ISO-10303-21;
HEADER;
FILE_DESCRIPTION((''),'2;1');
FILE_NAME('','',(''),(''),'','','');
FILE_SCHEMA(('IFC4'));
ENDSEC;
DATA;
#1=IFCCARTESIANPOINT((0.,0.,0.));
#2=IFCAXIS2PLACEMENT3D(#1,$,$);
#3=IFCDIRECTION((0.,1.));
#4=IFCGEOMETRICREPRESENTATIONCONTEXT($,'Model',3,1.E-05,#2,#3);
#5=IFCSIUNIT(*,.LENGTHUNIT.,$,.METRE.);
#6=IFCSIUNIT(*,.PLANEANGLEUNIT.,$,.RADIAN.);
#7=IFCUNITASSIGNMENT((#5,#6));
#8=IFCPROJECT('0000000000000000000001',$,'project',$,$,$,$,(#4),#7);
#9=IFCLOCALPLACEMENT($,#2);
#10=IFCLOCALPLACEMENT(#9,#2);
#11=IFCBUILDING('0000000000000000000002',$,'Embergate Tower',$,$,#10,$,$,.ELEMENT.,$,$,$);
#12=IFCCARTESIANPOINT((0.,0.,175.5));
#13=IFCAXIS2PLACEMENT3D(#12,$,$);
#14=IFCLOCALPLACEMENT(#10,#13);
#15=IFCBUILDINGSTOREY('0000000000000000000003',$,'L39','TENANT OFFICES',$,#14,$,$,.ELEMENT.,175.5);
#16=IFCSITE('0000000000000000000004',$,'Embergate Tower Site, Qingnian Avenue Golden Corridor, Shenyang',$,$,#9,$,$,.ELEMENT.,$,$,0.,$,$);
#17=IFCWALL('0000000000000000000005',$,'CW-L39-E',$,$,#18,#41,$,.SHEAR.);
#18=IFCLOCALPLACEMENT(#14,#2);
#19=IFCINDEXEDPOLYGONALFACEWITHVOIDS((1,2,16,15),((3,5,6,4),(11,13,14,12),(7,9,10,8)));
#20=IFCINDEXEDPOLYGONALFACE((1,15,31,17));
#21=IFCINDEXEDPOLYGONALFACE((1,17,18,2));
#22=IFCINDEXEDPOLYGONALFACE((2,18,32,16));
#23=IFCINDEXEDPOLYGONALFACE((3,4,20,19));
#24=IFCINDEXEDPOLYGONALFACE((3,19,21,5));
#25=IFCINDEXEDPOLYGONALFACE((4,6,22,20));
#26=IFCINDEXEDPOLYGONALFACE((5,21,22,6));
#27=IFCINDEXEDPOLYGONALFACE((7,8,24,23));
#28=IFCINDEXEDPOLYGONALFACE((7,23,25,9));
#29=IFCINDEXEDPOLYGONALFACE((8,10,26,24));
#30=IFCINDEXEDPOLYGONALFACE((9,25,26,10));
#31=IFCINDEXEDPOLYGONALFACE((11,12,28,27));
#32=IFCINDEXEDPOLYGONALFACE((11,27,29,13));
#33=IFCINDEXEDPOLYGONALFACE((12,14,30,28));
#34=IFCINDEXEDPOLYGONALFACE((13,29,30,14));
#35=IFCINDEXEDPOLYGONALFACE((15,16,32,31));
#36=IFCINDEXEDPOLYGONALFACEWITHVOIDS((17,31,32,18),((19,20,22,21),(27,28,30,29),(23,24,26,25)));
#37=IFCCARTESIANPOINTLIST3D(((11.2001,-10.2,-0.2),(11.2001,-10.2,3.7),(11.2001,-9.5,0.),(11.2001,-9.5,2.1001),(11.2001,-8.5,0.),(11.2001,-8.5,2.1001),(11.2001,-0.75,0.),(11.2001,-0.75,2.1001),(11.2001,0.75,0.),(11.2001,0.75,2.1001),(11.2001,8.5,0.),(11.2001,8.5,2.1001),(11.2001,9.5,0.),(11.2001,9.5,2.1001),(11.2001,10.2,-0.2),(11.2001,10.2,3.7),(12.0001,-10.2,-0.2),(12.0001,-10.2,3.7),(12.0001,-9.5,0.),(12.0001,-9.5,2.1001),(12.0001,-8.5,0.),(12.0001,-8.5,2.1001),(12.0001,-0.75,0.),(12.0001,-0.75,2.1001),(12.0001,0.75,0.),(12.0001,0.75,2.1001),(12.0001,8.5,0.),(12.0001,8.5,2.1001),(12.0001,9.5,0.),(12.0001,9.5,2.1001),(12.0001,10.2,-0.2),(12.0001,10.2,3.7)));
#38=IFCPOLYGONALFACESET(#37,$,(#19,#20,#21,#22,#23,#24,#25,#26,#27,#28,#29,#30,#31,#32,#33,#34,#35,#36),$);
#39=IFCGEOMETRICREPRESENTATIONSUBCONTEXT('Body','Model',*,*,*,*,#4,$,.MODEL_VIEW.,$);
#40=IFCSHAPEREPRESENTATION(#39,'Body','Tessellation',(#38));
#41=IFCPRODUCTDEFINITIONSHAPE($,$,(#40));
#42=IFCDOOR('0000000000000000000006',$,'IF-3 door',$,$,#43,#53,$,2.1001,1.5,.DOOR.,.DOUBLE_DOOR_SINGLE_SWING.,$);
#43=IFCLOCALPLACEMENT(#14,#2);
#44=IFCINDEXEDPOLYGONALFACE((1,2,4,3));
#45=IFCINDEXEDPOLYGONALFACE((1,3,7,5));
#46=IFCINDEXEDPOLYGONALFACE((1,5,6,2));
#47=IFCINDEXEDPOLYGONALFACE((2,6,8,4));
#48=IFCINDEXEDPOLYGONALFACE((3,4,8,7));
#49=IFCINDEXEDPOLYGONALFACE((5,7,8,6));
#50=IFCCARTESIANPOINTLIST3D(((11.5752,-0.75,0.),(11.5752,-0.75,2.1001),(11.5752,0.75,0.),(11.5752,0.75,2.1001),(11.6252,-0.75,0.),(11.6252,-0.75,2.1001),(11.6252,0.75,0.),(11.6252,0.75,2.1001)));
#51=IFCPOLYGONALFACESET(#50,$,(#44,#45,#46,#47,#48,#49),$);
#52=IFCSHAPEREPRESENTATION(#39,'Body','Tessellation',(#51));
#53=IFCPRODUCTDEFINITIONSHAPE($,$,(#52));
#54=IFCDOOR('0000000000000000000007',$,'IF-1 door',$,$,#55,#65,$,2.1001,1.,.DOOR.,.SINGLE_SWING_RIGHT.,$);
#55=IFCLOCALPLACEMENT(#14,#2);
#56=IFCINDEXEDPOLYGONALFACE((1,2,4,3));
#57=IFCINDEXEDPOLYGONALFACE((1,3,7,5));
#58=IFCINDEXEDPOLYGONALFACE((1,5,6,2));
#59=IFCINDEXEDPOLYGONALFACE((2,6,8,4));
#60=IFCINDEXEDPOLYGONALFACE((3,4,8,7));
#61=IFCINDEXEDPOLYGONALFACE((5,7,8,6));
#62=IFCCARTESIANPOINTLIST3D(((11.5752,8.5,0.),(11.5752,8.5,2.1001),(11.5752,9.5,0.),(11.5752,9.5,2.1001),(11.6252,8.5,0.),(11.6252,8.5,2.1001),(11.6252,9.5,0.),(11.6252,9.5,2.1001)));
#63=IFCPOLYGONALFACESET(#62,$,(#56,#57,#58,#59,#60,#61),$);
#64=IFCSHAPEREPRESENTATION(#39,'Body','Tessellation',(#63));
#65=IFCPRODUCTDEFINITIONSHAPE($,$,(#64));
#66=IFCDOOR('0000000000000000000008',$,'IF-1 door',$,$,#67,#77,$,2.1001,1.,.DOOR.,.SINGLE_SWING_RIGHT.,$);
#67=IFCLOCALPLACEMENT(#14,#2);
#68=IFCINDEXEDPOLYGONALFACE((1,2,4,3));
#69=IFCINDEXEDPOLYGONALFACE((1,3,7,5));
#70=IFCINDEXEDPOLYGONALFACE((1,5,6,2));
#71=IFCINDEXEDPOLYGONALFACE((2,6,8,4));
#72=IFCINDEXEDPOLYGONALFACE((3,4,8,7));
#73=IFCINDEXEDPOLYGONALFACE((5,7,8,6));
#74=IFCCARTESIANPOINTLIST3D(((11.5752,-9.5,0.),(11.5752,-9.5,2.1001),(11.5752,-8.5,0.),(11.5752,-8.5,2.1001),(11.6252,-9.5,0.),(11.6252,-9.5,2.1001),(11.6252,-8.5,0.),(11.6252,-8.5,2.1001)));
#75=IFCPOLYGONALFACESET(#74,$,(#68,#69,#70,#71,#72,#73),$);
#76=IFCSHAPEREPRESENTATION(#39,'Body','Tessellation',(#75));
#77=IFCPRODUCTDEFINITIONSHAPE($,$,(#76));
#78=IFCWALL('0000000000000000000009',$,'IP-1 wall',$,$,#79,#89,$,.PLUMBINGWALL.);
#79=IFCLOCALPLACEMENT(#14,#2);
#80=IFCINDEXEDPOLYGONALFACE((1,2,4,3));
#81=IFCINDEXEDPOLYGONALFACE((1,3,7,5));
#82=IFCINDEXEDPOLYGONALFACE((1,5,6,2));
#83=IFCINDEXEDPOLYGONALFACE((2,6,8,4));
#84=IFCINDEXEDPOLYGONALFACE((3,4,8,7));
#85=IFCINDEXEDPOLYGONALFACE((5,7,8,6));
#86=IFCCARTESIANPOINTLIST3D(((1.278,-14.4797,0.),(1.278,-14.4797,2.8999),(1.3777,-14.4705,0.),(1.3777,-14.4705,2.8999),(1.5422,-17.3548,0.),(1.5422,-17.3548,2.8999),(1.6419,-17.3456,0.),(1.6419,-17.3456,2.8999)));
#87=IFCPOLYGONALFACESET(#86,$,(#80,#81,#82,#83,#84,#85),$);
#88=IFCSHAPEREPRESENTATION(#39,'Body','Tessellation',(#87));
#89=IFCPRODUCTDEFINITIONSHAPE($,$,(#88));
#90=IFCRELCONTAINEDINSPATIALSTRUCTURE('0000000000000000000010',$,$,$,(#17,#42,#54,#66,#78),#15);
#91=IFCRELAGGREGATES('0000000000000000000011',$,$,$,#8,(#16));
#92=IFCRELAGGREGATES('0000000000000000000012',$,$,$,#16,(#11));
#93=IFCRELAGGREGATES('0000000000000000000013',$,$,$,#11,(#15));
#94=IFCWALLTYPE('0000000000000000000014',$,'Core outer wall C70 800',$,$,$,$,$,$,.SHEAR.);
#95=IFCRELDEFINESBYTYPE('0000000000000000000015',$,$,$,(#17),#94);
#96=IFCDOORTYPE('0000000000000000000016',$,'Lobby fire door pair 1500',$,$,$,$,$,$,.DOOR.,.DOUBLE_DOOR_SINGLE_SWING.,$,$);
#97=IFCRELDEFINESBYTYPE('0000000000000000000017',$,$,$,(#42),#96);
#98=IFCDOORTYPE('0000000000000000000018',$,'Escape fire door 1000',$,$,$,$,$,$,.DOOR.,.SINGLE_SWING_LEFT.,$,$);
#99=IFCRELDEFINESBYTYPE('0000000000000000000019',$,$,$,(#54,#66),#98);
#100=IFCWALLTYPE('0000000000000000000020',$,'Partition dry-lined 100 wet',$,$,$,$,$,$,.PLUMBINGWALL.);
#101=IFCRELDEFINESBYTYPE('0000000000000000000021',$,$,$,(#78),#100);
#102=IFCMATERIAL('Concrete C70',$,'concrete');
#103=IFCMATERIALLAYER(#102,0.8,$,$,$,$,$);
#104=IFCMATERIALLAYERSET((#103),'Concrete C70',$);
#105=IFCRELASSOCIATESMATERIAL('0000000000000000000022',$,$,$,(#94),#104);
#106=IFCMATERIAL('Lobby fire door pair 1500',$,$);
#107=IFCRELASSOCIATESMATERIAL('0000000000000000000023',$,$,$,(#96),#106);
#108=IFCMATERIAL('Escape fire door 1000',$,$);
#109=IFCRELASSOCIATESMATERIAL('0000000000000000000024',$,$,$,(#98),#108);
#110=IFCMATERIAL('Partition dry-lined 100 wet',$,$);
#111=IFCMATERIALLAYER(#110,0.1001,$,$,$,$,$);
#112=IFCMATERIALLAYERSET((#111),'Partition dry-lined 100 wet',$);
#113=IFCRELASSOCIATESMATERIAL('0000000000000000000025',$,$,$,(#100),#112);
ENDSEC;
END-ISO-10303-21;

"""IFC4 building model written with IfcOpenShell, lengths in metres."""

from ifc_helpers import new_model, si_unit, direction, frame, frame_2d, origin, place, context, subcontext, project, spatial, rectangle, extrude, source, transform, mapped, material, layer, layer_set, type_object, element, fill, save


model = new_model("IFC4")

# Units and contexts
model_context = context("Model", 3, precision=1e-05, world=origin(), true_north=direction((0.0, 1.0)))
body_context = subcontext(model_context, "Body", "Model", "MODEL_VIEW")
ifc_project = project(units=[si_unit("LENGTHUNIT", "METRE"), si_unit("PLANEANGLEUNIT", "RADIAN")], contexts=[model_context])

# Site, building, storey
site_placement = place(None, origin())
site = spatial("IfcSite", under=ifc_project, at=site_placement, Name="Embergate Tower Site, Qingnian Avenue Golden Corridor, Shenyang", CompositionType="ELEMENT", RefElevation=0.0)
building_placement = place(site_placement, origin())
building = spatial("IfcBuilding", under=site, at=building_placement, Name="Embergate Tower", CompositionType="ELEMENT")
storey_placement = place(building_placement, frame((0.0, 0.0, 175.5)))
storey = spatial("IfcBuildingStorey", under=building, at=storey_placement, Name="L39", Description="TENANT OFFICES", CompositionType="ELEMENT", Elevation=175.5)

# Shared definitions
ifc_material_1 = material(Name="Concrete C70", Category="concrete")

# Wall, openings, doors
ifc_layer_1 = layer(ifc_material_1, 0.8)
ifc_layer_set_1 = layer_set([ifc_layer_1], Name="Concrete C70")
wall_type_1 = type_object("IfcWallType", Name="Core outer wall C70 800", PredefinedType="SHEAR", material=ifc_layer_set_1)
shared_shape_1 = source(origin(), body_context, "Body", "SweptSolid", [
    extrude(rectangle(XDim=20.3999, YDim=0.8, at=frame_2d((10.2, 0.0))), origin(), (0.0, 0.0, 1.0), 3.8999),
])
wall_1_placement = place(storey_placement, frame((11.6001, -10.2, -0.2), z_axis=(0.0, 0.0, 1.0), x_axis=(0.0, 1.0, 0.0)))
wall_1 = element("IfcWall", 1, at=wall_1_placement, inside=storey, type_object=wall_type_1, Name="CW-L39-E", PredefinedType="SHEAR", context=body_context, shape_type="MappedRepresentation", body=[
    mapped(shared_shape_1, transform((0.0, 0.0, 0.0))),
])
shared_shape_2 = source(origin(), body_context, "Body", "SweptSolid", [
    extrude(rectangle(XDim=1.0, YDim=2.1001, at=frame_2d((0.5, 1.05))), frame((0.0, 0.4099, 0.0), z_axis=(0.0, -1.0, 0.0), x_axis=(1.0, 0.0, 0.0)), (0.0, 0.0, 1.0), 0.8201),
])
opening_1_placement = place(wall_1_placement, frame((18.7, 0.0, 0.2)))
opening_1 = element("IfcOpeningElement", 2, at=opening_1_placement, cuts=wall_1, PredefinedType="OPENING", context=body_context, shape_type="MappedRepresentation", body=[
    mapped(shared_shape_2, transform((0.0, 0.0, 0.0))),
])
opening_2_placement = place(wall_1_placement, frame((0.7, 0.0, 0.2)))
opening_2 = element("IfcOpeningElement", 3, at=opening_2_placement, cuts=wall_1, PredefinedType="OPENING", context=body_context, shape_type="MappedRepresentation", body=[
    mapped(shared_shape_2, transform((0.0, 0.0, 0.0))),
])
shared_shape_3 = source(origin(), body_context, "Body", "SweptSolid", [
    extrude(rectangle(XDim=1.5, YDim=2.1001, at=frame_2d((0.75, 1.05))), frame((0.0, 0.4099, 0.0), z_axis=(0.0, -1.0, 0.0), x_axis=(1.0, 0.0, 0.0)), (0.0, 0.0, 1.0), 0.8201),
])
opening_3_placement = place(wall_1_placement, frame((9.45, 0.0, 0.2)))
opening_3 = element("IfcOpeningElement", 4, at=opening_3_placement, cuts=wall_1, PredefinedType="OPENING", context=body_context, shape_type="MappedRepresentation", body=[
    mapped(shared_shape_3, transform((0.0, 0.0, 0.0))),
])
ifc_material_2 = material(Name="Lobby fire door pair 1500")
door_type_1 = type_object("IfcDoorType", Name="Lobby fire door pair 1500", OperationType="DOUBLE_DOOR_SINGLE_SWING", PredefinedType="DOOR", material=ifc_material_2)
shared_shape_4 = source(origin(), body_context, "Body", "SweptSolid", [
    extrude(rectangle(XDim=1.5, YDim=2.1001, at=frame_2d((0.75, 1.05))), frame((0.0, 0.0249, 0.0), z_axis=(0.0, -1.0, 0.0), x_axis=(1.0, 0.0, 0.0)), (0.0, 0.0, 1.0), 0.05),
])
door_1_placement = place(opening_3_placement, origin())
door_1 = element("IfcDoor", 5, at=door_1_placement, inside=storey, type_object=door_type_1, Name="IF-3 door", OperationType="DOUBLE_DOOR_SINGLE_SWING", OverallHeight=2.1001, OverallWidth=1.5, PredefinedType="DOOR", context=body_context, shape_type="MappedRepresentation", body=[
    mapped(shared_shape_4, transform((0.0, 0.0, 0.0))),
])
fill(opening_3, door_1)
ifc_material_3 = material(Name="Escape fire door 1000")
door_type_2 = type_object("IfcDoorType", Name="Escape fire door 1000", OperationType="SINGLE_SWING_LEFT", PredefinedType="DOOR", material=ifc_material_3)
shared_shape_5 = source(origin(), body_context, "Body", "SweptSolid", [
    extrude(rectangle(XDim=1.0, YDim=2.1001, at=frame_2d((0.5, 1.05))), frame((0.0, 0.0249, 0.0), z_axis=(0.0, -1.0, 0.0), x_axis=(1.0, 0.0, 0.0)), (0.0, 0.0, 1.0), 0.05),
])
door_2_placement = place(opening_1_placement, origin())
door_2 = element("IfcDoor", 6, at=door_2_placement, inside=storey, type_object=door_type_2, Name="IF-1 door", OperationType="SINGLE_SWING_RIGHT", OverallHeight=2.1001, OverallWidth=1.0, PredefinedType="DOOR", context=body_context, shape_type="MappedRepresentation", body=[
    mapped(shared_shape_5, transform((0.0, 0.0, 0.0))),
])
fill(opening_1, door_2)
door_3_placement = place(opening_2_placement, origin())
door_3 = element("IfcDoor", 7, at=door_3_placement, inside=storey, type_object=door_type_2, Name="IF-1 door", OperationType="SINGLE_SWING_RIGHT", OverallHeight=2.1001, OverallWidth=1.0, PredefinedType="DOOR", context=body_context, shape_type="MappedRepresentation", body=[
    mapped(shared_shape_5, transform((0.0, 0.0, 0.0))),
])
fill(opening_2, door_3)

# Wall
ifc_material_4 = material(Name="Partition dry-lined 100 wet")
ifc_layer_2 = layer(ifc_material_4, 0.1001)
ifc_layer_set_2 = layer_set([ifc_layer_2], Name="Partition dry-lined 100 wet")
wall_type_2 = type_object("IfcWallType", Name="Partition dry-lined 100 wet", PredefinedType="PLUMBINGWALL", material=ifc_layer_set_2)
shared_shape_6 = source(origin(), body_context, "Body", "SweptSolid", [
    extrude(rectangle(XDim=2.8872, YDim=0.1001, at=frame_2d((1.4436, 0.0))), origin(), (0.0, 0.0, 1.0), 2.8999),
])
wall_2_placement = place(storey_placement, frame((1.3279, -14.4751, 0.0), z_axis=(0.0, 0.0, 1.0), x_axis=(0.091496, -0.995805, 0.0)))
element("IfcWall", 8, at=wall_2_placement, inside=storey, type_object=wall_type_2, Name="IP-1 wall", PredefinedType="PLUMBINGWALL", context=body_context, shape_type="MappedRepresentation", body=[
    mapped(shared_shape_6, transform((0.0, 0.0, 0.0))),
])

save(model, "model.ifc")
